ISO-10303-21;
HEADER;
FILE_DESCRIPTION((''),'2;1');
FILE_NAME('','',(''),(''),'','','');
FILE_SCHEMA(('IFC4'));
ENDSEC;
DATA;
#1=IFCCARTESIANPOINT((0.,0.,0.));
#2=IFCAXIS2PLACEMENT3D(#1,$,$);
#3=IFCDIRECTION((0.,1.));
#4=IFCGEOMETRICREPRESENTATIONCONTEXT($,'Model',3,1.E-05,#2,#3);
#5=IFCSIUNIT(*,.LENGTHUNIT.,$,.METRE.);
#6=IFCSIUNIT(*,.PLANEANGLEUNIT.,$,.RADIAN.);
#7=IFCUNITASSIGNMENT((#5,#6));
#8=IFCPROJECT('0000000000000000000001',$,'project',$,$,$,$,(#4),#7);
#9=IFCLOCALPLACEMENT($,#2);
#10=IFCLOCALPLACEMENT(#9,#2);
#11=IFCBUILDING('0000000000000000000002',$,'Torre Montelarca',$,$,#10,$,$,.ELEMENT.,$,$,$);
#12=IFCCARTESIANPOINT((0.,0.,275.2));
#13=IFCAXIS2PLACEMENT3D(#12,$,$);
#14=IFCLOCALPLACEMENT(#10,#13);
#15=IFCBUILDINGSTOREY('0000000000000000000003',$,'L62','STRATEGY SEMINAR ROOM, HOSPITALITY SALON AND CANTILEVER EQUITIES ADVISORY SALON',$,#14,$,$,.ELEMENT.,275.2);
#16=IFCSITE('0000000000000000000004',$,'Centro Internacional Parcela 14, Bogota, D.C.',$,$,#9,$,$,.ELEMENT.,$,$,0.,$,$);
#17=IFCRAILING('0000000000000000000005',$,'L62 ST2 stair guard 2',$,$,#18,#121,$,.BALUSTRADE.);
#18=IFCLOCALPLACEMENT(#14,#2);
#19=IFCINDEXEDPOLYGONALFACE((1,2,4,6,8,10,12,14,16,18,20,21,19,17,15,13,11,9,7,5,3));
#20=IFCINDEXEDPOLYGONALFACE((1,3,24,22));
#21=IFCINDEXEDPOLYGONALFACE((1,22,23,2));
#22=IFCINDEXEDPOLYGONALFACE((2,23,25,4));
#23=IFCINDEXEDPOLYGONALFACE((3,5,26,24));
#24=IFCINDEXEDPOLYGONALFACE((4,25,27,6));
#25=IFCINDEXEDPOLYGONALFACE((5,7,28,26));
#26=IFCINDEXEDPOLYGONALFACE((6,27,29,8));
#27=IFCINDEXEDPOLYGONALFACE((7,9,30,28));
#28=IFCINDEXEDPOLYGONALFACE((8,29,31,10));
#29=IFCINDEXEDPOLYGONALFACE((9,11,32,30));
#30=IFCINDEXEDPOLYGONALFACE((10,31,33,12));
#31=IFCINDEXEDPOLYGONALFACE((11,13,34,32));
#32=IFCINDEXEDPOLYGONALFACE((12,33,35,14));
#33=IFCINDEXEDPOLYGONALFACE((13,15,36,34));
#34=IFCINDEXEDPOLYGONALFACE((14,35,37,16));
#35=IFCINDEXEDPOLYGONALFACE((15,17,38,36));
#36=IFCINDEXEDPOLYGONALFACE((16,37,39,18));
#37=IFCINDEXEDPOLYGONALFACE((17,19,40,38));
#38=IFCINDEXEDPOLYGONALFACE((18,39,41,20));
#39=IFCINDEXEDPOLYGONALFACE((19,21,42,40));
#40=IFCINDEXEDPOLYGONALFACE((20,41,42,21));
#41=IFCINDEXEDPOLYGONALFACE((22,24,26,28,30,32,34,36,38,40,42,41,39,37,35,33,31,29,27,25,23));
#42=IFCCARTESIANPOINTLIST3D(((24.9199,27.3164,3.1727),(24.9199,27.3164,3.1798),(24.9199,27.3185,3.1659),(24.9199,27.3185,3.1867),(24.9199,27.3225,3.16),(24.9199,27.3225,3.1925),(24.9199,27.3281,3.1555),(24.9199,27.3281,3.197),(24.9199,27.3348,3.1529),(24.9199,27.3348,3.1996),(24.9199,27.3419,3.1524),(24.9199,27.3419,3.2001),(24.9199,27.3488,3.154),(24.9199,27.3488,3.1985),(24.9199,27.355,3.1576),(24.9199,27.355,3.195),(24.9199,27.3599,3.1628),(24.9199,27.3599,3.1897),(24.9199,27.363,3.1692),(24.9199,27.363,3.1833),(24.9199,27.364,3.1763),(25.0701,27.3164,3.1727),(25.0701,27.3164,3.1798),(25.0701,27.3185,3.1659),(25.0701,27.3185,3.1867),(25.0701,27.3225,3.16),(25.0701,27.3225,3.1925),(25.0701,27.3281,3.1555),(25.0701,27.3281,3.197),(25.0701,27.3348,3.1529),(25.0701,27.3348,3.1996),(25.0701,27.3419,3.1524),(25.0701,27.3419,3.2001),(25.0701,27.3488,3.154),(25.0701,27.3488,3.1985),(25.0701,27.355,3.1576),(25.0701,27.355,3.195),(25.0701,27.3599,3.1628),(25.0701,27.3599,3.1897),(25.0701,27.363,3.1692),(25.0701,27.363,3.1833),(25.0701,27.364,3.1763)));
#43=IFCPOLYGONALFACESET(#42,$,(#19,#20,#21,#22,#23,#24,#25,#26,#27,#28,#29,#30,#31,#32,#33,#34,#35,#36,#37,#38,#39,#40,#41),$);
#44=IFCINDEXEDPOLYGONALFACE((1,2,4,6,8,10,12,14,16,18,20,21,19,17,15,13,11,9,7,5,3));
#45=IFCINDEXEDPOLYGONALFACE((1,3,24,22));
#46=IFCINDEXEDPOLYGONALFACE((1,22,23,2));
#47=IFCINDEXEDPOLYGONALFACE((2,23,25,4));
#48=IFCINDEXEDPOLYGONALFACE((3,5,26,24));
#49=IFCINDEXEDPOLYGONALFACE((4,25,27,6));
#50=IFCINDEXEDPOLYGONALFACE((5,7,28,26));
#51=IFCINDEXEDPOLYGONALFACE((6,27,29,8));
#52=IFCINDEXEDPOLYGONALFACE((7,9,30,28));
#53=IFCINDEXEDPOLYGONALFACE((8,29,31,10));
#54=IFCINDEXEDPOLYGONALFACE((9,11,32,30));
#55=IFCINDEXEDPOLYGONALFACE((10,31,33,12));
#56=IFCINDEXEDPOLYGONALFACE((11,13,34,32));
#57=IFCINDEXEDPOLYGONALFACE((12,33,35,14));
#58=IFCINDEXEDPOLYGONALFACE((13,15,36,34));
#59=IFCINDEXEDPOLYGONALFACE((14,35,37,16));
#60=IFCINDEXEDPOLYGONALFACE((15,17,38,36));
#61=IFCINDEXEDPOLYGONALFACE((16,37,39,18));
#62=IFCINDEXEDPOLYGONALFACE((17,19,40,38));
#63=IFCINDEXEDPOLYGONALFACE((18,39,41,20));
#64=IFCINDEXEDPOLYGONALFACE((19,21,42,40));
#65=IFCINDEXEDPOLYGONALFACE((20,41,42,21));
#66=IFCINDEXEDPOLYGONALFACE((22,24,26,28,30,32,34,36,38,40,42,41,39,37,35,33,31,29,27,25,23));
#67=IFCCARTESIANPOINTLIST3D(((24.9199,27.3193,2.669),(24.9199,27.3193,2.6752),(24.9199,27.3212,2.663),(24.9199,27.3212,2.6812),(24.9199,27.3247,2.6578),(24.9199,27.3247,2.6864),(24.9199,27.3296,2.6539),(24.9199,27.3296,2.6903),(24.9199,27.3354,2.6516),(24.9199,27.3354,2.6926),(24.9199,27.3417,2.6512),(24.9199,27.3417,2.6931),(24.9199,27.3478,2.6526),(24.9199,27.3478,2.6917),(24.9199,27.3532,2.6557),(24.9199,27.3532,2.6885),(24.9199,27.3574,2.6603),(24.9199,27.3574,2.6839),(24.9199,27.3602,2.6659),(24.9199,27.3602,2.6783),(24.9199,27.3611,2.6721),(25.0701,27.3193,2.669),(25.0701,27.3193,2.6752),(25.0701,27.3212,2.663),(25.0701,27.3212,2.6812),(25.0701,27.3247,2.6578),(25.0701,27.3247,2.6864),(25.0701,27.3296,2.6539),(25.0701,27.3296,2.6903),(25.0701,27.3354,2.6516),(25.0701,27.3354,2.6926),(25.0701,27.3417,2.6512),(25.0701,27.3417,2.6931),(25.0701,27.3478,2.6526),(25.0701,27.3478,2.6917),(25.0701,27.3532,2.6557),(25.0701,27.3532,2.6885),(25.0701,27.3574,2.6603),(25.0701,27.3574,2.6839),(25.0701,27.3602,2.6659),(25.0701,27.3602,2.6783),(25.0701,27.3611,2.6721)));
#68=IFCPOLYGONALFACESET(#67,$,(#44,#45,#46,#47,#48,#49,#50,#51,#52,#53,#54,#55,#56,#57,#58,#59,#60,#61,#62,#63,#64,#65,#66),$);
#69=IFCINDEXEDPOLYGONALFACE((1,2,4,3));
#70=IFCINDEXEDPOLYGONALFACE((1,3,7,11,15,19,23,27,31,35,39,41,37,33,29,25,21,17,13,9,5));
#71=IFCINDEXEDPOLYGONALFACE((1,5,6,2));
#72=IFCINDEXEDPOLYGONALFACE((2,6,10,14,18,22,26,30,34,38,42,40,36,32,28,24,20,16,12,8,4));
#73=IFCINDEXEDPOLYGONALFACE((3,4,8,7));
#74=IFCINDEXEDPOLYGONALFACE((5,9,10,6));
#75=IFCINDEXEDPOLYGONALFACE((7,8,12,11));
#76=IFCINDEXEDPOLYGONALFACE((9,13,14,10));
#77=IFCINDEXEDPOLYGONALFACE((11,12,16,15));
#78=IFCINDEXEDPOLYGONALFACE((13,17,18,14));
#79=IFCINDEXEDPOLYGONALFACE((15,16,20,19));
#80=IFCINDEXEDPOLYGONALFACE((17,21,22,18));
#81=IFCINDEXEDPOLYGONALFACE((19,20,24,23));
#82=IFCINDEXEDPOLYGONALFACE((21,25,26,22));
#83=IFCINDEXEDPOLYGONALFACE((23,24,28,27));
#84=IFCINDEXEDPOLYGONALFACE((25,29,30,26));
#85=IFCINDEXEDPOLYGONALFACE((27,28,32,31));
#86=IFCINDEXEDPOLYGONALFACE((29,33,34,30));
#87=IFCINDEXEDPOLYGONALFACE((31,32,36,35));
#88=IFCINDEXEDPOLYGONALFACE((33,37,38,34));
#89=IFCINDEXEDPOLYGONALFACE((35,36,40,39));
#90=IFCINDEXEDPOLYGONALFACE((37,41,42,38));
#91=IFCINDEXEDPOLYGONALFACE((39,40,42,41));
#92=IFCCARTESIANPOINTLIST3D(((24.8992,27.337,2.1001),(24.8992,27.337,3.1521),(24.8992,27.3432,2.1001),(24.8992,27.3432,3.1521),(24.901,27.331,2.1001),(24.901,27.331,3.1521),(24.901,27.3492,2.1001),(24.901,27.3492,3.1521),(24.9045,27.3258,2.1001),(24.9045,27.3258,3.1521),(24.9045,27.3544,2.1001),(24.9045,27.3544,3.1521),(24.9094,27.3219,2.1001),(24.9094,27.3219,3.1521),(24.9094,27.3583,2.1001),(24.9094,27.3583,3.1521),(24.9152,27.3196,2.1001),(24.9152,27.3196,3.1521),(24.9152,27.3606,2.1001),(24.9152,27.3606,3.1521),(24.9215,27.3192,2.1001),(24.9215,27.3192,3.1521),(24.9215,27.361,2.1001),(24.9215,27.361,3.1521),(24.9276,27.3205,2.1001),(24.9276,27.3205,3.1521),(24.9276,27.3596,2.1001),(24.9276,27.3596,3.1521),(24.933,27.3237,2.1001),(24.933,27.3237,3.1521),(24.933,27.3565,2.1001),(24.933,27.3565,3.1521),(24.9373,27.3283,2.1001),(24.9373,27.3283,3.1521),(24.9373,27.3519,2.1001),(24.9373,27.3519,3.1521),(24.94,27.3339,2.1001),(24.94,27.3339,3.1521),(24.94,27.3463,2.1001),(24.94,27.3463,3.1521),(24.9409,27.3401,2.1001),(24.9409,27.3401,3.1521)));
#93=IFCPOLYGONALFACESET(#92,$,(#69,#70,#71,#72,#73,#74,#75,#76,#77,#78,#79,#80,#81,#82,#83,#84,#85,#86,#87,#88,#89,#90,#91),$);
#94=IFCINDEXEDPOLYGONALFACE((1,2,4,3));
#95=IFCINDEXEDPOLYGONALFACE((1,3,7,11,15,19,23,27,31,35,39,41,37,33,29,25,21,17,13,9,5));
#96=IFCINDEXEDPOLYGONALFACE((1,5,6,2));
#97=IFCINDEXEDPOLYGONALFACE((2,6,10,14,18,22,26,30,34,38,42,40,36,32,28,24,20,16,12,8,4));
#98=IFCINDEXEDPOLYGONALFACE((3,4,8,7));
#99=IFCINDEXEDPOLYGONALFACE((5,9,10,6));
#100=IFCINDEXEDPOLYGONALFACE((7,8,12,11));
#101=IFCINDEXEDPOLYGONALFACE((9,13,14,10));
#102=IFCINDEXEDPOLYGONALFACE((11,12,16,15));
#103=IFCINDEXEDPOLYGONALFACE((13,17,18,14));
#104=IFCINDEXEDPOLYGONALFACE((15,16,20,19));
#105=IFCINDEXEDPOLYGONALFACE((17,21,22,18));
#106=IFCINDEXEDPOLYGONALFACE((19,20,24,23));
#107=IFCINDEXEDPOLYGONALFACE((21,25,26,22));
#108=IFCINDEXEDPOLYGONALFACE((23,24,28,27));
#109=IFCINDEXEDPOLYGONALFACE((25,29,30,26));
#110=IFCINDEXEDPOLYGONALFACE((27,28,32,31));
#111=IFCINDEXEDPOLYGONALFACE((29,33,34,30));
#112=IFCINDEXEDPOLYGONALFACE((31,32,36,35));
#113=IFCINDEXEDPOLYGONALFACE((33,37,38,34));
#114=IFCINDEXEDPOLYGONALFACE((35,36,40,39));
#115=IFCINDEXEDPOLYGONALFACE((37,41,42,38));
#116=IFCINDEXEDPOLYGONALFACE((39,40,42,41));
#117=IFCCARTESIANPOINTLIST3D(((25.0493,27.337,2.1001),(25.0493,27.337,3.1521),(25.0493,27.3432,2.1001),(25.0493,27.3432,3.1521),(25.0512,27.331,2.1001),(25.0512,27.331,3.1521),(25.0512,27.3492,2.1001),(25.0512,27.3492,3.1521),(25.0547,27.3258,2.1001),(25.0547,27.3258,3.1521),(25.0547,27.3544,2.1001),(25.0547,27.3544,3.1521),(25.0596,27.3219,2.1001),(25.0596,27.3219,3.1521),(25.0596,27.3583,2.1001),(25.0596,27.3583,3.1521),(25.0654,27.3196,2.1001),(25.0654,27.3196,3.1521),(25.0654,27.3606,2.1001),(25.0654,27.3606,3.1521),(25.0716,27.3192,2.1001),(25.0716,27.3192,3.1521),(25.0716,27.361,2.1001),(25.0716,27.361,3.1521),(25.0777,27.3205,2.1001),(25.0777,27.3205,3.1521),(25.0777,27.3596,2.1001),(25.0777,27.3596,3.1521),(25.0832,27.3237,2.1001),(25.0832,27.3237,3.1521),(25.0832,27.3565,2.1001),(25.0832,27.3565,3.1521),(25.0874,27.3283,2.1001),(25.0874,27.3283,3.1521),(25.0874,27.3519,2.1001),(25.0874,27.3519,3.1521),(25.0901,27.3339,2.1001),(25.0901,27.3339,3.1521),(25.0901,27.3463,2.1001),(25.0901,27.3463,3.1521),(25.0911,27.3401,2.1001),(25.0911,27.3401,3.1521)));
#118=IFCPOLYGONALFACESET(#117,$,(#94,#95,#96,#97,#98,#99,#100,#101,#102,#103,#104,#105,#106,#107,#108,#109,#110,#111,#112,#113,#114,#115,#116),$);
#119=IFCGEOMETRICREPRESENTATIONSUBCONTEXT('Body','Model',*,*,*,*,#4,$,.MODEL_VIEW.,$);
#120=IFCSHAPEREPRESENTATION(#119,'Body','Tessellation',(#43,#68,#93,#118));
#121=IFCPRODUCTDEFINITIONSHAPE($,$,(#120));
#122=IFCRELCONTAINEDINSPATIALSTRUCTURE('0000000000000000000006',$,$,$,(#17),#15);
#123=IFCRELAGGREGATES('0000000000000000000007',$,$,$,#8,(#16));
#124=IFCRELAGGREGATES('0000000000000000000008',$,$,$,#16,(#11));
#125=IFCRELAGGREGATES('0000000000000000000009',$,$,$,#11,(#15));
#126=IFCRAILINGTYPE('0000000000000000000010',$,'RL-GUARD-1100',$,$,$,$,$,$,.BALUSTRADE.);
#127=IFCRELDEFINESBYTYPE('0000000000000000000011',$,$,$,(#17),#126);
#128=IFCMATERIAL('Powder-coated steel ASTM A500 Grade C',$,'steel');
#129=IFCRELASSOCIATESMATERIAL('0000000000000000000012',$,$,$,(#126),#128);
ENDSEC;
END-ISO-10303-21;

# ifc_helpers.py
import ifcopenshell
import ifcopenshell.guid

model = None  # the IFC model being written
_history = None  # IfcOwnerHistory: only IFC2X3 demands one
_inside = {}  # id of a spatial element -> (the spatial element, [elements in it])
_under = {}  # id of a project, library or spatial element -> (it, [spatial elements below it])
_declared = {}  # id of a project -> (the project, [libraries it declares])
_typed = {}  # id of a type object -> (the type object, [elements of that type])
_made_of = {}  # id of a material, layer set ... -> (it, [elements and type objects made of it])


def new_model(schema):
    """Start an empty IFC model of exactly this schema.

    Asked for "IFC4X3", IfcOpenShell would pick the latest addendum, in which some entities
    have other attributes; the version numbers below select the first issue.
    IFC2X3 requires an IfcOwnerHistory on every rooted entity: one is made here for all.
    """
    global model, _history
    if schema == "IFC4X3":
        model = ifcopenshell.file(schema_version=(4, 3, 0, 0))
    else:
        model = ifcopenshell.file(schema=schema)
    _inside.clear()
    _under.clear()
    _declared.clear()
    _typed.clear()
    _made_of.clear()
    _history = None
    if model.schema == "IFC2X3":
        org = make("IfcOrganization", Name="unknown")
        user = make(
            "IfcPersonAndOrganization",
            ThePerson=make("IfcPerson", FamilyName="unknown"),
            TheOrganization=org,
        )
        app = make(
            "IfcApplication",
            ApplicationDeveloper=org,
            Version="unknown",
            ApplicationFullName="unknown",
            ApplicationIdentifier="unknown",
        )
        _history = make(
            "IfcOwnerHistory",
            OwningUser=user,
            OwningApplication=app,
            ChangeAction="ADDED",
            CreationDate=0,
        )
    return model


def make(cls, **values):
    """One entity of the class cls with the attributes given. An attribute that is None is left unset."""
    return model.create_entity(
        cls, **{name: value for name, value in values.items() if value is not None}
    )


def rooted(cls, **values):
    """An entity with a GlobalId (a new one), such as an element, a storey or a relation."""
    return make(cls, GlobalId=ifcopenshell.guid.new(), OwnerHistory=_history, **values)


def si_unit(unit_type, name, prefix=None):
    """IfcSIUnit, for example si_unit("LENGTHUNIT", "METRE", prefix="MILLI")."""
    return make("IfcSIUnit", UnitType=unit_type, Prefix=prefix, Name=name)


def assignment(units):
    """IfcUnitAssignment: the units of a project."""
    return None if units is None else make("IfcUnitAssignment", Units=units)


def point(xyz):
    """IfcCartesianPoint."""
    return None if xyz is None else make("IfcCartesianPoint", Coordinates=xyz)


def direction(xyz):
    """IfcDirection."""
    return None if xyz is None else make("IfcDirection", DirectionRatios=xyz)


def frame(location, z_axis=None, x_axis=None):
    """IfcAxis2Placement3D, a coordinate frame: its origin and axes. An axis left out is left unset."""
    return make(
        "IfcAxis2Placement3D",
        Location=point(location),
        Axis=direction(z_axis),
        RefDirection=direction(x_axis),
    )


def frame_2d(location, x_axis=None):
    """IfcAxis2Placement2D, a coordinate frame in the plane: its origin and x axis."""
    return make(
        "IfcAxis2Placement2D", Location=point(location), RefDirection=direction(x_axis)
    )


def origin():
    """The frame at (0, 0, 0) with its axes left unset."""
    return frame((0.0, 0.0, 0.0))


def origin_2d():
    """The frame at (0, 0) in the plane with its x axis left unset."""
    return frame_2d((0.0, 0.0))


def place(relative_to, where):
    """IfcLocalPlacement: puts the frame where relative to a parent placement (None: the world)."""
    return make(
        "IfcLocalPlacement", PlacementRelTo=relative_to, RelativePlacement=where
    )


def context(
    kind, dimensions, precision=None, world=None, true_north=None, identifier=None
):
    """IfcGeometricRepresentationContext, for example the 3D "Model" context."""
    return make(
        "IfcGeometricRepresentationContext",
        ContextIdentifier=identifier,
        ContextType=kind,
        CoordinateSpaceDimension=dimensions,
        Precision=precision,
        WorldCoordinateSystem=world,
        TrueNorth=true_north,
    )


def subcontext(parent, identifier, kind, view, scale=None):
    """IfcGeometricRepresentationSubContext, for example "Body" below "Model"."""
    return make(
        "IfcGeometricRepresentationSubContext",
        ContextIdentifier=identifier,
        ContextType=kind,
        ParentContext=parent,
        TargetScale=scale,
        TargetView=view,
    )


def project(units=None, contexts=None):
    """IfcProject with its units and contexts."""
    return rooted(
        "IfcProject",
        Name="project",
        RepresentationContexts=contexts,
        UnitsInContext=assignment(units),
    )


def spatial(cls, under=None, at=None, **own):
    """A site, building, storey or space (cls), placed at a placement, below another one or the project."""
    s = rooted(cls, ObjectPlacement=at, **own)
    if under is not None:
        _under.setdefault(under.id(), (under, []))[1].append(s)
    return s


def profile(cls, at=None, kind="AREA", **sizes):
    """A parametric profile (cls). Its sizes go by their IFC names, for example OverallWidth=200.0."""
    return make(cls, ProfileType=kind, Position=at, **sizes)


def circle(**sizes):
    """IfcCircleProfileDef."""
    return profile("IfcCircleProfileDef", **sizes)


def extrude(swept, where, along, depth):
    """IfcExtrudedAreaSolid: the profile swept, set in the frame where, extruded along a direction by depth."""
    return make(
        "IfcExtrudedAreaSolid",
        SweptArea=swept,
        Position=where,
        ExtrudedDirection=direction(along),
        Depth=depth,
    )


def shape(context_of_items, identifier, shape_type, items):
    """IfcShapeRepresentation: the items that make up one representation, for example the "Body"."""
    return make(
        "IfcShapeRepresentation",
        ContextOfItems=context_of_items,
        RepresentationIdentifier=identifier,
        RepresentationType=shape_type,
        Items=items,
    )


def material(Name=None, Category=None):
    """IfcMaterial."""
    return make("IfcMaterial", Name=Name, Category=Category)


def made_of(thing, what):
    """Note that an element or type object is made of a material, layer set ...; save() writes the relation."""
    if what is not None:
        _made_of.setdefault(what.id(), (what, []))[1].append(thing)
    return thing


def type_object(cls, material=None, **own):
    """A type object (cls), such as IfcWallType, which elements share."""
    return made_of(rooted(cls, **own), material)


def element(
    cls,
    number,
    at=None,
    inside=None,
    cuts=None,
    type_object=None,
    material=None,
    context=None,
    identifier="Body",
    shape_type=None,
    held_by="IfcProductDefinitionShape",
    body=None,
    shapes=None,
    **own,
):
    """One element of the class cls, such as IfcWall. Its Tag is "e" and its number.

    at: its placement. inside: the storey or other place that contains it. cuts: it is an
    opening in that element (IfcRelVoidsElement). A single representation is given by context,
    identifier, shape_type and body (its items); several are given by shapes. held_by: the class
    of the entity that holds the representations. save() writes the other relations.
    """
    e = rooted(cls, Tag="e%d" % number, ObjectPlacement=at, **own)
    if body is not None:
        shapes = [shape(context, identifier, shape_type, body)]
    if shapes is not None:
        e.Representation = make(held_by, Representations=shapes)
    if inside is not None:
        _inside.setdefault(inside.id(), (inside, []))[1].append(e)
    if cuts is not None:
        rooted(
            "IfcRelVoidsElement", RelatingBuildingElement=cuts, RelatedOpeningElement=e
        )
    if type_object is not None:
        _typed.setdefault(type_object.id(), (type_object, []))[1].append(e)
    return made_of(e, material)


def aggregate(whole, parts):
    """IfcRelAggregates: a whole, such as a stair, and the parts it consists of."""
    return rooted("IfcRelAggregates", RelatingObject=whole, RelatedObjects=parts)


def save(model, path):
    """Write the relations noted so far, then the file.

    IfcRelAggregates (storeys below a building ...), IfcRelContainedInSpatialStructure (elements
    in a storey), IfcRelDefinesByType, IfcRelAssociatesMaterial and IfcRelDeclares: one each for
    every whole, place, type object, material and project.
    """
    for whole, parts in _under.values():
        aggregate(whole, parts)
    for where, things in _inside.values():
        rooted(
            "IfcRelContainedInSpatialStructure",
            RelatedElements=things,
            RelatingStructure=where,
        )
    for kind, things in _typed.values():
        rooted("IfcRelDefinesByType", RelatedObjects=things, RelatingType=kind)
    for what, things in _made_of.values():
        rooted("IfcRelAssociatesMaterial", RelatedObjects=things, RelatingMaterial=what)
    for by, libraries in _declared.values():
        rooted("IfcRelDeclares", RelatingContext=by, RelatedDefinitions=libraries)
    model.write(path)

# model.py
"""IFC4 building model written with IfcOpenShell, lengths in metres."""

from ifc_helpers import new_model, si_unit, direction, frame, origin, origin_2d, place, context, subcontext, project, spatial, circle, extrude, material, type_object, element, save


model = new_model("IFC4")

# Units and contexts
model_context = context("Model", 3, precision=1e-05, world=origin(), true_north=direction((0.0, 1.0)))
body_context = subcontext(model_context, "Body", "Model", "MODEL_VIEW")
ifc_project = project(units=[si_unit("LENGTHUNIT", "METRE"), si_unit("PLANEANGLEUNIT", "RADIAN")], contexts=[model_context])

# Site, building, storey
site_placement = place(None, origin())
site = spatial("IfcSite", under=ifc_project, at=site_placement, Name="Centro Internacional Parcela 14, Bogota, D.C.", CompositionType="ELEMENT", RefElevation=0.0)
building_placement = place(site_placement, origin())
building = spatial("IfcBuilding", under=site, at=building_placement, Name="Torre Montelarca", CompositionType="ELEMENT")
storey_placement = place(building_placement, frame((0.0, 0.0, 275.2)))
storey = spatial("IfcBuildingStorey", under=building, at=storey_placement, Name="L62", Description="STRATEGY SEMINAR ROOM, HOSPITALITY SALON AND CANTILEVER EQUITIES ADVISORY SALON", CompositionType="ELEMENT", Elevation=275.2)

# Railing
ifc_material_1 = material(Name="Powder-coated steel ASTM A500 Grade C", Category="steel")
railing_type_1 = type_object("IfcRailingType", Name="RL-GUARD-1100", PredefinedType="BALUSTRADE", material=ifc_material_1)
railing_1_placement = place(storey_placement, frame((24.9199, 27.3401, 2.1001)))
element("IfcRailing", 1, at=railing_1_placement, inside=storey, type_object=railing_type_1, Name="L62 ST2 stair guard 2", PredefinedType="BALUSTRADE", context=body_context, shape_type="SweptSolid", body=[
    extrude(circle(Radius=0.0239, at=origin_2d()), frame((0.0, 0.0, 1.0762), z_axis=(1.0, 0.0, 0.0), x_axis=(0.0, 1.0, 0.0)), (0.0, 0.0, 1.0), 0.1501),
    extrude(circle(Radius=0.021, at=origin_2d()), frame((0.0, 0.0, 0.572), z_axis=(1.0, 0.0, 0.0), x_axis=(0.0, 1.0, 0.0)), (0.0, 0.0, 1.0), 0.1501),
    extrude(circle(Radius=0.021, at=origin_2d()), origin(), (0.0, 0.0, 1.0), 1.052),
    extrude(circle(Radius=0.021, at=origin_2d()), frame((0.1501, 0.0, 0.0)), (0.0, 0.0, 1.0), 1.052),
])

save(model, "model.ifc")
